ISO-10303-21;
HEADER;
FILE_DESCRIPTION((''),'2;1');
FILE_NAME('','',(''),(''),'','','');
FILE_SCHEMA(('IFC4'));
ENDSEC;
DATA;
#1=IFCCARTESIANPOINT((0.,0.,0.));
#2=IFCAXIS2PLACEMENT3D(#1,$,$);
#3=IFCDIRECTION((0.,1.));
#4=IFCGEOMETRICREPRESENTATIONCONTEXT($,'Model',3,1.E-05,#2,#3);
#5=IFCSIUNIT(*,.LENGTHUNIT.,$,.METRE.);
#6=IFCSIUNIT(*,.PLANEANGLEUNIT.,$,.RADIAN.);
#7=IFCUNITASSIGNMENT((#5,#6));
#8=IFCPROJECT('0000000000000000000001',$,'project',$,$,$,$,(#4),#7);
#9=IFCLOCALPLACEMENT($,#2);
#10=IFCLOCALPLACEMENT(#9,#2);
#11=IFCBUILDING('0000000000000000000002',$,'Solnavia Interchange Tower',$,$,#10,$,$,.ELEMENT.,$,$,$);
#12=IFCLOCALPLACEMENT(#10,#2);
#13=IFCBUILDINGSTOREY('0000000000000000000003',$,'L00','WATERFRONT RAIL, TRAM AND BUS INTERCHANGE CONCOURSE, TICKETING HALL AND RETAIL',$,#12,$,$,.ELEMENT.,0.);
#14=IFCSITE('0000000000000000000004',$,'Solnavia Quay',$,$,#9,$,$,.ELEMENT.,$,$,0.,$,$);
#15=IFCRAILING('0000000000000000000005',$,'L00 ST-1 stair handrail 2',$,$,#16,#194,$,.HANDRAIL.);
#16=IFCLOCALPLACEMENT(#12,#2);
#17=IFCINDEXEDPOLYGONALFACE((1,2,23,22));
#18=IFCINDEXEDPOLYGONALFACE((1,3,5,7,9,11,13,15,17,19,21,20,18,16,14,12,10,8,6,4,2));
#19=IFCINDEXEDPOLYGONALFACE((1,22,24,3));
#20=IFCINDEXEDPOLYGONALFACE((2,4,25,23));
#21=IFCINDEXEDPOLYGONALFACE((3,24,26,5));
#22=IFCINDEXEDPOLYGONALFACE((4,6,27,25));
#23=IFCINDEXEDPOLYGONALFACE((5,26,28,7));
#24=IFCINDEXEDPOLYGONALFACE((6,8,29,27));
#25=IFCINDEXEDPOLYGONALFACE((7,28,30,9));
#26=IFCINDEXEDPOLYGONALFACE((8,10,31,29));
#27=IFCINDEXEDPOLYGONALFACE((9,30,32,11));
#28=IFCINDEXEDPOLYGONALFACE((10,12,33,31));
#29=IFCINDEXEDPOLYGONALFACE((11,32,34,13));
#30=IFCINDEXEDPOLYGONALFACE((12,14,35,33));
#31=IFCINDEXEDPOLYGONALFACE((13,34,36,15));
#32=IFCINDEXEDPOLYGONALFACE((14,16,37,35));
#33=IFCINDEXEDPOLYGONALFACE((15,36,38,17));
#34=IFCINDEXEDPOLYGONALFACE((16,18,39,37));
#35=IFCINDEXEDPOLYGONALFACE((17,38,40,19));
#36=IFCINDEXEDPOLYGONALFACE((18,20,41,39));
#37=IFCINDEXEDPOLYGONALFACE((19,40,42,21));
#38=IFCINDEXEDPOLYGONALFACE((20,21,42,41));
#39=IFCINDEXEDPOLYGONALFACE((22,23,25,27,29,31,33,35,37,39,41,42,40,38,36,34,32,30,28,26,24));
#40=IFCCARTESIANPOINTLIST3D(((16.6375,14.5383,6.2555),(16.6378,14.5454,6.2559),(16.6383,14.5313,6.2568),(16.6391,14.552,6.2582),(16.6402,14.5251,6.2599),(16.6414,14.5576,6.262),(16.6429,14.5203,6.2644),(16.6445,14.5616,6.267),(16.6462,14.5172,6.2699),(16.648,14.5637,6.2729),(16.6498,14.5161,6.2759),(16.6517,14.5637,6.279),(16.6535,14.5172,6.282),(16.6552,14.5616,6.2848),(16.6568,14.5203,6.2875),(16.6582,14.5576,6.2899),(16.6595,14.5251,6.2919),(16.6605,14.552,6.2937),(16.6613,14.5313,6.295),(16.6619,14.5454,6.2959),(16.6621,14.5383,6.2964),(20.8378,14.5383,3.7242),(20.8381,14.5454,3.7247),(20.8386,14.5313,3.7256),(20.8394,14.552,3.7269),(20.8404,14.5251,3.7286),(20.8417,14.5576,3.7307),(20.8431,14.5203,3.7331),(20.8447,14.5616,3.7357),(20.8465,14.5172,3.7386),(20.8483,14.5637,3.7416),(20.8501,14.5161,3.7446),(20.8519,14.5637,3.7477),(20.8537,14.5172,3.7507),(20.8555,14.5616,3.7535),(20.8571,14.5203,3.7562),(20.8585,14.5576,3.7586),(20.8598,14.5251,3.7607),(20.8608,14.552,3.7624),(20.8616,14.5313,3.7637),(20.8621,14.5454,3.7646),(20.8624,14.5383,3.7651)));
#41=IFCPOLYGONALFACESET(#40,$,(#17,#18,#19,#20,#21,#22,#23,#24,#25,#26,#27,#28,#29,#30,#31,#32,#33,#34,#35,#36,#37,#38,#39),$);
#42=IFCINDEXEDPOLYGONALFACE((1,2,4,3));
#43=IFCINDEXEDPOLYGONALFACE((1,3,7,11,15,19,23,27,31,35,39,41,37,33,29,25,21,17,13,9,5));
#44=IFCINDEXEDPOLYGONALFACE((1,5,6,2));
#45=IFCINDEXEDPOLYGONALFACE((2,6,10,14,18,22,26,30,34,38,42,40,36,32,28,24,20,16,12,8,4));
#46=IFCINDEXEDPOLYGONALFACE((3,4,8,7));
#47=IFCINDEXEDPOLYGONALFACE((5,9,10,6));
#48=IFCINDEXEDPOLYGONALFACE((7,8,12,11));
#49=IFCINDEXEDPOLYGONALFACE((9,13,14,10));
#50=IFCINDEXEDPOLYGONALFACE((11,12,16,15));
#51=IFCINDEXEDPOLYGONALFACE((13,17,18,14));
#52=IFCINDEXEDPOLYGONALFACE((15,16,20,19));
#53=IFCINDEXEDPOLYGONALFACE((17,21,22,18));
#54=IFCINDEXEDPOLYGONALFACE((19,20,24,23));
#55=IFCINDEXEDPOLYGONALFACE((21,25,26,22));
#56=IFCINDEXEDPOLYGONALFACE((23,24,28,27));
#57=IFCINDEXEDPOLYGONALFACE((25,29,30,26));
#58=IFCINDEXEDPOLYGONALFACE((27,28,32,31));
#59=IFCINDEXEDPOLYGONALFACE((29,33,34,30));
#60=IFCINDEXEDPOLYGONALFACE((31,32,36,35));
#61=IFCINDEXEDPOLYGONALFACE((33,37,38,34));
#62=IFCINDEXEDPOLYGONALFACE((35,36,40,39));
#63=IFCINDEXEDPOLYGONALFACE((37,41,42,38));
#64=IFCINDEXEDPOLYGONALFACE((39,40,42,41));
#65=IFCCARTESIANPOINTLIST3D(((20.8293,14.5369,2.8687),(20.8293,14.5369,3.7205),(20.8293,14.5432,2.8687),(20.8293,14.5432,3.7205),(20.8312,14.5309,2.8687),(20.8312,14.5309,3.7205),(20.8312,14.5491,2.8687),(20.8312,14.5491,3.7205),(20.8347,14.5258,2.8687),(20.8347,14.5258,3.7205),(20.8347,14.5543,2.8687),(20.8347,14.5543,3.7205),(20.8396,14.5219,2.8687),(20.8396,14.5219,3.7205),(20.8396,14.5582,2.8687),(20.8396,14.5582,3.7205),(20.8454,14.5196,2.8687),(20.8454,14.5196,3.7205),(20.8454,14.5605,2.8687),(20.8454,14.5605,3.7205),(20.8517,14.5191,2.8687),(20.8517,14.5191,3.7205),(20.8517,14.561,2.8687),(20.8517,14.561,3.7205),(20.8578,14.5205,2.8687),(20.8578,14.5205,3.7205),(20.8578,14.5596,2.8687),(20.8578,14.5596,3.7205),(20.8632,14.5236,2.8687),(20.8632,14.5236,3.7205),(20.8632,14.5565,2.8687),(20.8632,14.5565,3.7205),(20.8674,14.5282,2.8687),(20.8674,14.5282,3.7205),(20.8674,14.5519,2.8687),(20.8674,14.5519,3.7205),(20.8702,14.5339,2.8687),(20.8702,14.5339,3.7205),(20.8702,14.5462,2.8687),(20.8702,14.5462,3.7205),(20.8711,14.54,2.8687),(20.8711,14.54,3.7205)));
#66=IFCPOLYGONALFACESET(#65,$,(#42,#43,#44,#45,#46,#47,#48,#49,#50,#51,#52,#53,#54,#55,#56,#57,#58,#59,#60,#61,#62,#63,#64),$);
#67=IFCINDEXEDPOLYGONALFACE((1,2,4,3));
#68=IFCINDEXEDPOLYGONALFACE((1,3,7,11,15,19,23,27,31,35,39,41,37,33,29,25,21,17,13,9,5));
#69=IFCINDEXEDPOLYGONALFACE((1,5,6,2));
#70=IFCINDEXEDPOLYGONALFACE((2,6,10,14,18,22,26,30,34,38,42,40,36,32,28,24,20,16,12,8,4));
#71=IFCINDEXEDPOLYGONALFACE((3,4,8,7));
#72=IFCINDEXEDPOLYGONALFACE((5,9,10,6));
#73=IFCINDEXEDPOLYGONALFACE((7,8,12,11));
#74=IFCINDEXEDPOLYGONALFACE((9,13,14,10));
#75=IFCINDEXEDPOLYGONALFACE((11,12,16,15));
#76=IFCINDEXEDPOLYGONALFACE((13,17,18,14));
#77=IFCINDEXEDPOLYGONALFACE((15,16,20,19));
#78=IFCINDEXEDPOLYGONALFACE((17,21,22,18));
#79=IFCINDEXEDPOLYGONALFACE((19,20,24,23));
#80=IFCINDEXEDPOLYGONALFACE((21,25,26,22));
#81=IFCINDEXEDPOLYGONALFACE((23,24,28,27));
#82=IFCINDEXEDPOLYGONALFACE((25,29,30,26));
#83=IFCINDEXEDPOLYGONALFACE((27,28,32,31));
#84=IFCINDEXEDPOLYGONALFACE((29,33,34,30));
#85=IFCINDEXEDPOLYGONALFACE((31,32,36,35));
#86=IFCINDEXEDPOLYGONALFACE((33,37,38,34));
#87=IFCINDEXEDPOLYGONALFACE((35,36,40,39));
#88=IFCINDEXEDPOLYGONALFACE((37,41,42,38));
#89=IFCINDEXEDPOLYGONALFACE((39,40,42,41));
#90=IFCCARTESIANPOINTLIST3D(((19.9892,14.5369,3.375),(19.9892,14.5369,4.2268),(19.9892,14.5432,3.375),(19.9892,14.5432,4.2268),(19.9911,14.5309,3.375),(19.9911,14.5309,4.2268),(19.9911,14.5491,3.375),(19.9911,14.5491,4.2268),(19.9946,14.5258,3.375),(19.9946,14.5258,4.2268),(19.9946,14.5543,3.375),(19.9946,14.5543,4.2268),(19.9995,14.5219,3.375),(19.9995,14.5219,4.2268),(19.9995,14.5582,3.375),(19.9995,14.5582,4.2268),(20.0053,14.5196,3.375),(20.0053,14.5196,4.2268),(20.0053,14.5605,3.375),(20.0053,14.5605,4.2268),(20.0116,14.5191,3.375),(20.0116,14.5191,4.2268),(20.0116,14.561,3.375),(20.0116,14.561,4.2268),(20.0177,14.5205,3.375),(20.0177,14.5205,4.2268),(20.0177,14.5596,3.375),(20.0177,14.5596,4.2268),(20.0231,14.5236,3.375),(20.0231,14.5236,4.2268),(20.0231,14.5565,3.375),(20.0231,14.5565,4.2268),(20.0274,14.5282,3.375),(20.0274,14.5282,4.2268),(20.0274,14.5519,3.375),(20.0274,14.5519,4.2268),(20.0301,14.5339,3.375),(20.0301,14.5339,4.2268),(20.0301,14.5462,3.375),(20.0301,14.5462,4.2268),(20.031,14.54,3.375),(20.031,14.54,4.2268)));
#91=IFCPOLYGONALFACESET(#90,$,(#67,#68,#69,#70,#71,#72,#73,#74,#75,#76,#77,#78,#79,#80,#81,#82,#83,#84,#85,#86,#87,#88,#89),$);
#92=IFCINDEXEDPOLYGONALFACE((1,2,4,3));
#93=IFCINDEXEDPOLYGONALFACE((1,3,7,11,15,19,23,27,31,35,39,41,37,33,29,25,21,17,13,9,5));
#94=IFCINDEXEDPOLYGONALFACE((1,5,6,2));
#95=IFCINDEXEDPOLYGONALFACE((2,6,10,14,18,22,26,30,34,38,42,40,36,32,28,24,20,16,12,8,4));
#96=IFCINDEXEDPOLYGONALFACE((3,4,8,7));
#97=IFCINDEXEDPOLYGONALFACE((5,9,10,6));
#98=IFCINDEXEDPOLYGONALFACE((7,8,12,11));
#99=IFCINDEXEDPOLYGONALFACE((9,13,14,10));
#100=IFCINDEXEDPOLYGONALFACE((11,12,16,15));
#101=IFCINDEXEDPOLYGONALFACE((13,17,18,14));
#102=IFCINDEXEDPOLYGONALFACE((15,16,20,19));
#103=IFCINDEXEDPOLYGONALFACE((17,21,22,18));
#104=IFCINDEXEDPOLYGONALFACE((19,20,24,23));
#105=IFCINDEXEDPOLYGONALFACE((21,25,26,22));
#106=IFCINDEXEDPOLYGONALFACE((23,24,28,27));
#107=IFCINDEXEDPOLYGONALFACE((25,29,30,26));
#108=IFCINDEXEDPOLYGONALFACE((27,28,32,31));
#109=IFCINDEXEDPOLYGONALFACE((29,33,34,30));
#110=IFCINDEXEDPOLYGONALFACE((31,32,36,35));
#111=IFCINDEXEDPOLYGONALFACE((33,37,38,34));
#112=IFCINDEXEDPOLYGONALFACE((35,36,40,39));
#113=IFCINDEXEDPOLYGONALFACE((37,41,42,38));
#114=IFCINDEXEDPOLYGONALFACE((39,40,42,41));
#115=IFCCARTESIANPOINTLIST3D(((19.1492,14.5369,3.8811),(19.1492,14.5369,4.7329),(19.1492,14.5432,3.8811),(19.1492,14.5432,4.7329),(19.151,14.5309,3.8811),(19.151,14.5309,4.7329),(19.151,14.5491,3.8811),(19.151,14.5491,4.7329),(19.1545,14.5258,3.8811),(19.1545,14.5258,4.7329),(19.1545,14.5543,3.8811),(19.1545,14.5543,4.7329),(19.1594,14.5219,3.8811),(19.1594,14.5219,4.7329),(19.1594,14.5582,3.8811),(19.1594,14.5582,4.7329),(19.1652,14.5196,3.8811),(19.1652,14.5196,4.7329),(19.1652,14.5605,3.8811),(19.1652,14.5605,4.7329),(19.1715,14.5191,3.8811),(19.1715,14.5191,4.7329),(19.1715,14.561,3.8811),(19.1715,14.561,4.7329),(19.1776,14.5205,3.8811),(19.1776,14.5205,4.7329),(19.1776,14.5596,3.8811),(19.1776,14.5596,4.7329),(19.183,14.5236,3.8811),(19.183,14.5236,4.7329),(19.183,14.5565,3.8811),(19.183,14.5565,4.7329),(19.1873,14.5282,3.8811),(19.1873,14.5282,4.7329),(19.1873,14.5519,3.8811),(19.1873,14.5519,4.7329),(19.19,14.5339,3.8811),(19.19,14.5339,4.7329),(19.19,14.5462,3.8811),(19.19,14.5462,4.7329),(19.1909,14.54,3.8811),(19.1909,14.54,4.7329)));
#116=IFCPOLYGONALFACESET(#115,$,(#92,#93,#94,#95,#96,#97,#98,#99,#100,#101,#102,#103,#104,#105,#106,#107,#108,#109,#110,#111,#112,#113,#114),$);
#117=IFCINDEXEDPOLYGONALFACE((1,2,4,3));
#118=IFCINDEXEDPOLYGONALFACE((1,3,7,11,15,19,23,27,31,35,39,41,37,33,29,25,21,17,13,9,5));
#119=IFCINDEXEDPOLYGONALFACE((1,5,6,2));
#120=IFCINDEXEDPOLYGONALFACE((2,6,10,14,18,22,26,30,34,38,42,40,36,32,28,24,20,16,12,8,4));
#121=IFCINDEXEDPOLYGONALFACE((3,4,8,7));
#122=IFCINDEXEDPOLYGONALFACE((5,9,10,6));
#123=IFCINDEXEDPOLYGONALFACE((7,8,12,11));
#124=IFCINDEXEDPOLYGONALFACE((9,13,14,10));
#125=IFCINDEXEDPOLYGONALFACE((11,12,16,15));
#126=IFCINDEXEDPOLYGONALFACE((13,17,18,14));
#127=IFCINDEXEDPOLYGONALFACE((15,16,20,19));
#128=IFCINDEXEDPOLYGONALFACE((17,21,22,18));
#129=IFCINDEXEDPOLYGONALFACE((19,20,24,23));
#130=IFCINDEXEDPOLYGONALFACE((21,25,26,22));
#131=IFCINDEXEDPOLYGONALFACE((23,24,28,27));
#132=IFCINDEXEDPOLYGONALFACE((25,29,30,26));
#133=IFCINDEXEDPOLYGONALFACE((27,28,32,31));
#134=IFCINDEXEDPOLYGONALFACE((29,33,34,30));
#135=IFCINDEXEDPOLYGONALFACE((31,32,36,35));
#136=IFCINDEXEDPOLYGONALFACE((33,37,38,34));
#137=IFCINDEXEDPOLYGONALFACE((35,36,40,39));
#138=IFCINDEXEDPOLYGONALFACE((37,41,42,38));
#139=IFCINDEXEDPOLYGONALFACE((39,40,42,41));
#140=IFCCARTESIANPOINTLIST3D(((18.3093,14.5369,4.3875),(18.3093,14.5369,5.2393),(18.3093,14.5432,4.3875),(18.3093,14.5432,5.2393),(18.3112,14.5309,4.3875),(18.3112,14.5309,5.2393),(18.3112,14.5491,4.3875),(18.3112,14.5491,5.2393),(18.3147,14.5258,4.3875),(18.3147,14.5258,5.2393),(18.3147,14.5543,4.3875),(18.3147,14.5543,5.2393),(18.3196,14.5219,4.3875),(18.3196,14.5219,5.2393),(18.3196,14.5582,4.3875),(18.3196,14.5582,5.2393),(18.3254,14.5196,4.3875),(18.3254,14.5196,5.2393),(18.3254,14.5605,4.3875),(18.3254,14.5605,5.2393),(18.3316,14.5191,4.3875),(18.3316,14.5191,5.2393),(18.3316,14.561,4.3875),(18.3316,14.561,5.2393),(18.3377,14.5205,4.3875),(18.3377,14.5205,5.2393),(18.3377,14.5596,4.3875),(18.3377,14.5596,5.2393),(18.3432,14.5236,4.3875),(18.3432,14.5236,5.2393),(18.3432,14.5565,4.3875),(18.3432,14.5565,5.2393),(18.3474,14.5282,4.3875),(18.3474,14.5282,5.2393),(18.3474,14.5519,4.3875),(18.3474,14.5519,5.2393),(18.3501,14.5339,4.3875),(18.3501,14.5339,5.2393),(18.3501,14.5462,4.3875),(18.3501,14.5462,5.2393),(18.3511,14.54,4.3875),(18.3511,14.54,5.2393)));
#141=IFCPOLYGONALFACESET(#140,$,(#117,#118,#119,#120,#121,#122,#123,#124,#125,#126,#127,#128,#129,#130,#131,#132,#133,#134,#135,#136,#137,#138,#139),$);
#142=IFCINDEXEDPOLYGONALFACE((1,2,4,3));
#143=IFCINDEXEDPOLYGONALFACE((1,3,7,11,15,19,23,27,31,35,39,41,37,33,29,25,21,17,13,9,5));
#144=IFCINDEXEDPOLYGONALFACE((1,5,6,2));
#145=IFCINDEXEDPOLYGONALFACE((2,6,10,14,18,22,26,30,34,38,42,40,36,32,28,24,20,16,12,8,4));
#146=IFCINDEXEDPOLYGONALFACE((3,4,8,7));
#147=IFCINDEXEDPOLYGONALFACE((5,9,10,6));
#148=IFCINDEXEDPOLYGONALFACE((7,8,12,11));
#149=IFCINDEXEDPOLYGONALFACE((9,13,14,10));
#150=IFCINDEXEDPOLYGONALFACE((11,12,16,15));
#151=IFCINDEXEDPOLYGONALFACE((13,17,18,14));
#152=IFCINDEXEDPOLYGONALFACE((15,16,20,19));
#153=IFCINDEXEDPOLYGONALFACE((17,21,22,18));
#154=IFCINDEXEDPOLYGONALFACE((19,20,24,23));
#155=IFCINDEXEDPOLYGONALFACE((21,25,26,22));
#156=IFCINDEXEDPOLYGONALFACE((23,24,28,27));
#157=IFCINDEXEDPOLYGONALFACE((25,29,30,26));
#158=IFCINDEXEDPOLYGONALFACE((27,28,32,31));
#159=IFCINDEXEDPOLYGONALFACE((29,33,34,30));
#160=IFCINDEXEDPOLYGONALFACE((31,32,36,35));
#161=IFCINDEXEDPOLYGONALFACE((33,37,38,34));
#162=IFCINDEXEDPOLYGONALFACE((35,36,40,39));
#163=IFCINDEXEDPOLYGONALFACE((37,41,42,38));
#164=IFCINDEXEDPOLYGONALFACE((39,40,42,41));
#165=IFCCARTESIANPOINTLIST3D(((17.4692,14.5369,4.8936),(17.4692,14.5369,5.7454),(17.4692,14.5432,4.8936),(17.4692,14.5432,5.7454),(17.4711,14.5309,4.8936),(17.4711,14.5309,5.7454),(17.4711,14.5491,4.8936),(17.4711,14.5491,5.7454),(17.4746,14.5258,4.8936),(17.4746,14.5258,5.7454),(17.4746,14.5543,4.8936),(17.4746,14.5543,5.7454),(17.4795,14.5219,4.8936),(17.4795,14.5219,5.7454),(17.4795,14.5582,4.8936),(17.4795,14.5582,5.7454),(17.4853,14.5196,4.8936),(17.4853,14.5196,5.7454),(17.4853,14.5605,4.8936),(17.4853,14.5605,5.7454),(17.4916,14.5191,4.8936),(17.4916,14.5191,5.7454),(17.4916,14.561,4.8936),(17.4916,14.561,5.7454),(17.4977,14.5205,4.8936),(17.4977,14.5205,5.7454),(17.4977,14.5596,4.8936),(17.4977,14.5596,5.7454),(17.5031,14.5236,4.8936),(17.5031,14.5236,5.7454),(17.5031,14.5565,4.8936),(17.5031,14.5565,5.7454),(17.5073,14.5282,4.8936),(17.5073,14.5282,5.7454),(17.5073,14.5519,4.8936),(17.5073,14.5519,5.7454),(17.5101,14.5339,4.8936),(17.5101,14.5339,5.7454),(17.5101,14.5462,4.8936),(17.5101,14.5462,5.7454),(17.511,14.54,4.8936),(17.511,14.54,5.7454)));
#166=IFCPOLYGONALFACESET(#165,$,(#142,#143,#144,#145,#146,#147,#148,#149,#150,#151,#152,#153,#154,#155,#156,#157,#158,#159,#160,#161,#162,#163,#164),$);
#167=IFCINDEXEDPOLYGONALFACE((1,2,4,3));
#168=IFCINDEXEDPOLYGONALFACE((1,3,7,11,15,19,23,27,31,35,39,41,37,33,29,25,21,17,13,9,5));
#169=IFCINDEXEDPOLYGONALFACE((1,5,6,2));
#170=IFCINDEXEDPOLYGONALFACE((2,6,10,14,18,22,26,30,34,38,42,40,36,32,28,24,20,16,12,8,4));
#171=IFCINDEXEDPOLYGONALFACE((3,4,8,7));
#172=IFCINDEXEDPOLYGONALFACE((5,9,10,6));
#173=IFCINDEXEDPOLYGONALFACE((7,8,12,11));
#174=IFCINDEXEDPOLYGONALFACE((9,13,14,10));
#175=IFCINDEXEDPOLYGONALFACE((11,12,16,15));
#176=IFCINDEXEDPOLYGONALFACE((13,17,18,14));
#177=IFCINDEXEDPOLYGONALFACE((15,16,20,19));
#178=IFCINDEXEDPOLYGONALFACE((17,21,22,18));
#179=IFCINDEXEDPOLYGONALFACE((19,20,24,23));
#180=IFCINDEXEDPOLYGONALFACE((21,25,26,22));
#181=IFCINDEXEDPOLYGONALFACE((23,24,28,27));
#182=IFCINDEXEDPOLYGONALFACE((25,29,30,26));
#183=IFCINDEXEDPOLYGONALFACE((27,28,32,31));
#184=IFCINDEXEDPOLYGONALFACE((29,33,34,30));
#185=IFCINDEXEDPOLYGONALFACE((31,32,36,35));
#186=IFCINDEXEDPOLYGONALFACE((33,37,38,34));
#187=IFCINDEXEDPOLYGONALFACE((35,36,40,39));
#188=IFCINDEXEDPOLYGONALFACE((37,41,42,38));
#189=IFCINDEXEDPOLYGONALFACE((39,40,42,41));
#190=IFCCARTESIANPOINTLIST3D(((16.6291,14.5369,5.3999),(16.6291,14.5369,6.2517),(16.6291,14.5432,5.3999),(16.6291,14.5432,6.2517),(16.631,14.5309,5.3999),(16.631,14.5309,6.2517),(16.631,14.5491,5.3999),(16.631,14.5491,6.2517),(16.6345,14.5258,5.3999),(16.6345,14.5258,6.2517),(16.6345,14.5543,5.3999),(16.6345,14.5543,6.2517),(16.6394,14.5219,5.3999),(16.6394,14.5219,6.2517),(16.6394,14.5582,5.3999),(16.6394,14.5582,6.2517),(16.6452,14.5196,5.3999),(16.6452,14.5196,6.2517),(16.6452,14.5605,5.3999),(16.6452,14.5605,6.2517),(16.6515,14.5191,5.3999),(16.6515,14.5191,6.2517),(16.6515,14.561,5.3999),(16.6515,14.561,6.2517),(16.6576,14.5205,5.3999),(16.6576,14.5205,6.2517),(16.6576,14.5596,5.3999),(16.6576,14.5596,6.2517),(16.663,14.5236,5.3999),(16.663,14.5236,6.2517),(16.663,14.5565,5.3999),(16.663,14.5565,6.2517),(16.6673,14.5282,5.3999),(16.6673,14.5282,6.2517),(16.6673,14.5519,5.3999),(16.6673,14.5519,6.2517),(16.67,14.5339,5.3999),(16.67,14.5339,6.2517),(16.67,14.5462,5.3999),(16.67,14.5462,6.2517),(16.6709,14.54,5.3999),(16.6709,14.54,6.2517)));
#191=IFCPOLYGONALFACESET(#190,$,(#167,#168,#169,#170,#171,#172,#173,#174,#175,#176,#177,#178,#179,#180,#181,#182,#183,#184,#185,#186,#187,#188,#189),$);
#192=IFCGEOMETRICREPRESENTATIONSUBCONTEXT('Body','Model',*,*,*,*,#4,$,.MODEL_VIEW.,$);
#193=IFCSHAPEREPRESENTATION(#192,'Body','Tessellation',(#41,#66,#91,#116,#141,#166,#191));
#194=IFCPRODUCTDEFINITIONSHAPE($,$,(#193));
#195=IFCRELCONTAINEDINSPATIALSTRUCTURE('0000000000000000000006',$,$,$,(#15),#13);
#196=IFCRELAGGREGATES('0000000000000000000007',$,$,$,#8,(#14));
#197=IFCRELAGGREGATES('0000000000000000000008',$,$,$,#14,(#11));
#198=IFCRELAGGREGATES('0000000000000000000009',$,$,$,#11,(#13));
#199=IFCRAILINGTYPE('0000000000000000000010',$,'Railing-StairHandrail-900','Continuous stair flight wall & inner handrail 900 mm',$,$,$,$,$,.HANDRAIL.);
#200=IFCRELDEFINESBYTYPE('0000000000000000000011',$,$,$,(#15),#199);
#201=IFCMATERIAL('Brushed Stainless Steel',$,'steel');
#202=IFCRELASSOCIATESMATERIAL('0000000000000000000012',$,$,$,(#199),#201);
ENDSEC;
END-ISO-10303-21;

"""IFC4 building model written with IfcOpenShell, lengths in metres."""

from ifc_helpers import new_model, si_unit, direction, frame, origin, origin_2d, place, context, subcontext, project, spatial, circle, extrude, material, type_object, element, save


model = new_model("IFC4")

# Units and contexts
model_context = context("Model", 3, precision=1e-05, world=origin(), true_north=direction((0.0, 1.0)))
body_context = subcontext(model_context, "Body", "Model", "MODEL_VIEW")
ifc_project = project(units=[si_unit("LENGTHUNIT", "METRE"), si_unit("PLANEANGLEUNIT", "RADIAN")], contexts=[model_context])

# Site, building, storey
site_placement = place(None, origin())
site = spatial("IfcSite", under=ifc_project, at=site_placement, Name="Solnavia Quay", CompositionType="ELEMENT", RefElevation=0.0)
building_placement = place(site_placement, origin())
building = spatial("IfcBuilding", under=site, at=building_placement, Name="Solnavia Interchange Tower", CompositionType="ELEMENT")
storey_placement = place(building_placement, origin())
storey = spatial("IfcBuildingStorey", under=building, at=storey_placement, Name="L00", Description="WATERFRONT RAIL, TRAM AND BUS INTERCHANGE CONCOURSE, TICKETING HALL AND RETAIL", CompositionType="ELEMENT", Elevation=0.0)

# Railing
ifc_material_1 = material(Name="Brushed Stainless Steel", Category="steel")
railing_type_1 = type_object("IfcRailingType", Name="Railing-StairHandrail-900", Description="Continuous stair flight wall & inner handrail 900 mm", PredefinedType="HANDRAIL", material=ifc_material_1)
railing_1_placement = place(storey_placement, frame((20.8501, 14.54, 2.8687)))
element("IfcRailing", 1, at=railing_1_placement, inside=storey, type_object=railing_type_1, Name="L00 ST-1 stair handrail 2", PredefinedType="HANDRAIL", context=body_context, shape_type="SweptSolid", body=[
    extrude(circle(Radius=0.0239, at=origin_2d()), frame((0.0, 0.0, 0.876), z_axis=(-0.85649, 0.0, 0.516164), x_axis=(0.0, -1.0, 0.0)), (0.0, 0.0, 1.0), 4.9041),
    extrude(circle(Radius=0.021, at=origin_2d()), origin(), (0.0, 0.0, 1.0), 0.8518),
    extrude(circle(Radius=0.021, at=origin_2d()), frame((-0.8401, 0.0, 0.5063)), (0.0, 0.0, 1.0), 0.8518),
    extrude(circle(Radius=0.021, at=origin_2d()), frame((-1.6802, 0.0, 1.0125)), (0.0, 0.0, 1.0), 0.8518),
    extrude(circle(Radius=0.021, at=origin_2d()), frame((-2.52, 0.0, 1.5188)), (0.0, 0.0, 1.0), 0.8518),
    extrude(circle(Radius=0.021, at=origin_2d()), frame((-3.3601, 0.0, 2.0249)), (0.0, 0.0, 1.0), 0.8518),
    extrude(circle(Radius=0.021, at=origin_2d()), frame((-4.2002, 0.0, 2.5312)), (0.0, 0.0, 1.0), 0.8518),
])

save(model, "model.ifc")
